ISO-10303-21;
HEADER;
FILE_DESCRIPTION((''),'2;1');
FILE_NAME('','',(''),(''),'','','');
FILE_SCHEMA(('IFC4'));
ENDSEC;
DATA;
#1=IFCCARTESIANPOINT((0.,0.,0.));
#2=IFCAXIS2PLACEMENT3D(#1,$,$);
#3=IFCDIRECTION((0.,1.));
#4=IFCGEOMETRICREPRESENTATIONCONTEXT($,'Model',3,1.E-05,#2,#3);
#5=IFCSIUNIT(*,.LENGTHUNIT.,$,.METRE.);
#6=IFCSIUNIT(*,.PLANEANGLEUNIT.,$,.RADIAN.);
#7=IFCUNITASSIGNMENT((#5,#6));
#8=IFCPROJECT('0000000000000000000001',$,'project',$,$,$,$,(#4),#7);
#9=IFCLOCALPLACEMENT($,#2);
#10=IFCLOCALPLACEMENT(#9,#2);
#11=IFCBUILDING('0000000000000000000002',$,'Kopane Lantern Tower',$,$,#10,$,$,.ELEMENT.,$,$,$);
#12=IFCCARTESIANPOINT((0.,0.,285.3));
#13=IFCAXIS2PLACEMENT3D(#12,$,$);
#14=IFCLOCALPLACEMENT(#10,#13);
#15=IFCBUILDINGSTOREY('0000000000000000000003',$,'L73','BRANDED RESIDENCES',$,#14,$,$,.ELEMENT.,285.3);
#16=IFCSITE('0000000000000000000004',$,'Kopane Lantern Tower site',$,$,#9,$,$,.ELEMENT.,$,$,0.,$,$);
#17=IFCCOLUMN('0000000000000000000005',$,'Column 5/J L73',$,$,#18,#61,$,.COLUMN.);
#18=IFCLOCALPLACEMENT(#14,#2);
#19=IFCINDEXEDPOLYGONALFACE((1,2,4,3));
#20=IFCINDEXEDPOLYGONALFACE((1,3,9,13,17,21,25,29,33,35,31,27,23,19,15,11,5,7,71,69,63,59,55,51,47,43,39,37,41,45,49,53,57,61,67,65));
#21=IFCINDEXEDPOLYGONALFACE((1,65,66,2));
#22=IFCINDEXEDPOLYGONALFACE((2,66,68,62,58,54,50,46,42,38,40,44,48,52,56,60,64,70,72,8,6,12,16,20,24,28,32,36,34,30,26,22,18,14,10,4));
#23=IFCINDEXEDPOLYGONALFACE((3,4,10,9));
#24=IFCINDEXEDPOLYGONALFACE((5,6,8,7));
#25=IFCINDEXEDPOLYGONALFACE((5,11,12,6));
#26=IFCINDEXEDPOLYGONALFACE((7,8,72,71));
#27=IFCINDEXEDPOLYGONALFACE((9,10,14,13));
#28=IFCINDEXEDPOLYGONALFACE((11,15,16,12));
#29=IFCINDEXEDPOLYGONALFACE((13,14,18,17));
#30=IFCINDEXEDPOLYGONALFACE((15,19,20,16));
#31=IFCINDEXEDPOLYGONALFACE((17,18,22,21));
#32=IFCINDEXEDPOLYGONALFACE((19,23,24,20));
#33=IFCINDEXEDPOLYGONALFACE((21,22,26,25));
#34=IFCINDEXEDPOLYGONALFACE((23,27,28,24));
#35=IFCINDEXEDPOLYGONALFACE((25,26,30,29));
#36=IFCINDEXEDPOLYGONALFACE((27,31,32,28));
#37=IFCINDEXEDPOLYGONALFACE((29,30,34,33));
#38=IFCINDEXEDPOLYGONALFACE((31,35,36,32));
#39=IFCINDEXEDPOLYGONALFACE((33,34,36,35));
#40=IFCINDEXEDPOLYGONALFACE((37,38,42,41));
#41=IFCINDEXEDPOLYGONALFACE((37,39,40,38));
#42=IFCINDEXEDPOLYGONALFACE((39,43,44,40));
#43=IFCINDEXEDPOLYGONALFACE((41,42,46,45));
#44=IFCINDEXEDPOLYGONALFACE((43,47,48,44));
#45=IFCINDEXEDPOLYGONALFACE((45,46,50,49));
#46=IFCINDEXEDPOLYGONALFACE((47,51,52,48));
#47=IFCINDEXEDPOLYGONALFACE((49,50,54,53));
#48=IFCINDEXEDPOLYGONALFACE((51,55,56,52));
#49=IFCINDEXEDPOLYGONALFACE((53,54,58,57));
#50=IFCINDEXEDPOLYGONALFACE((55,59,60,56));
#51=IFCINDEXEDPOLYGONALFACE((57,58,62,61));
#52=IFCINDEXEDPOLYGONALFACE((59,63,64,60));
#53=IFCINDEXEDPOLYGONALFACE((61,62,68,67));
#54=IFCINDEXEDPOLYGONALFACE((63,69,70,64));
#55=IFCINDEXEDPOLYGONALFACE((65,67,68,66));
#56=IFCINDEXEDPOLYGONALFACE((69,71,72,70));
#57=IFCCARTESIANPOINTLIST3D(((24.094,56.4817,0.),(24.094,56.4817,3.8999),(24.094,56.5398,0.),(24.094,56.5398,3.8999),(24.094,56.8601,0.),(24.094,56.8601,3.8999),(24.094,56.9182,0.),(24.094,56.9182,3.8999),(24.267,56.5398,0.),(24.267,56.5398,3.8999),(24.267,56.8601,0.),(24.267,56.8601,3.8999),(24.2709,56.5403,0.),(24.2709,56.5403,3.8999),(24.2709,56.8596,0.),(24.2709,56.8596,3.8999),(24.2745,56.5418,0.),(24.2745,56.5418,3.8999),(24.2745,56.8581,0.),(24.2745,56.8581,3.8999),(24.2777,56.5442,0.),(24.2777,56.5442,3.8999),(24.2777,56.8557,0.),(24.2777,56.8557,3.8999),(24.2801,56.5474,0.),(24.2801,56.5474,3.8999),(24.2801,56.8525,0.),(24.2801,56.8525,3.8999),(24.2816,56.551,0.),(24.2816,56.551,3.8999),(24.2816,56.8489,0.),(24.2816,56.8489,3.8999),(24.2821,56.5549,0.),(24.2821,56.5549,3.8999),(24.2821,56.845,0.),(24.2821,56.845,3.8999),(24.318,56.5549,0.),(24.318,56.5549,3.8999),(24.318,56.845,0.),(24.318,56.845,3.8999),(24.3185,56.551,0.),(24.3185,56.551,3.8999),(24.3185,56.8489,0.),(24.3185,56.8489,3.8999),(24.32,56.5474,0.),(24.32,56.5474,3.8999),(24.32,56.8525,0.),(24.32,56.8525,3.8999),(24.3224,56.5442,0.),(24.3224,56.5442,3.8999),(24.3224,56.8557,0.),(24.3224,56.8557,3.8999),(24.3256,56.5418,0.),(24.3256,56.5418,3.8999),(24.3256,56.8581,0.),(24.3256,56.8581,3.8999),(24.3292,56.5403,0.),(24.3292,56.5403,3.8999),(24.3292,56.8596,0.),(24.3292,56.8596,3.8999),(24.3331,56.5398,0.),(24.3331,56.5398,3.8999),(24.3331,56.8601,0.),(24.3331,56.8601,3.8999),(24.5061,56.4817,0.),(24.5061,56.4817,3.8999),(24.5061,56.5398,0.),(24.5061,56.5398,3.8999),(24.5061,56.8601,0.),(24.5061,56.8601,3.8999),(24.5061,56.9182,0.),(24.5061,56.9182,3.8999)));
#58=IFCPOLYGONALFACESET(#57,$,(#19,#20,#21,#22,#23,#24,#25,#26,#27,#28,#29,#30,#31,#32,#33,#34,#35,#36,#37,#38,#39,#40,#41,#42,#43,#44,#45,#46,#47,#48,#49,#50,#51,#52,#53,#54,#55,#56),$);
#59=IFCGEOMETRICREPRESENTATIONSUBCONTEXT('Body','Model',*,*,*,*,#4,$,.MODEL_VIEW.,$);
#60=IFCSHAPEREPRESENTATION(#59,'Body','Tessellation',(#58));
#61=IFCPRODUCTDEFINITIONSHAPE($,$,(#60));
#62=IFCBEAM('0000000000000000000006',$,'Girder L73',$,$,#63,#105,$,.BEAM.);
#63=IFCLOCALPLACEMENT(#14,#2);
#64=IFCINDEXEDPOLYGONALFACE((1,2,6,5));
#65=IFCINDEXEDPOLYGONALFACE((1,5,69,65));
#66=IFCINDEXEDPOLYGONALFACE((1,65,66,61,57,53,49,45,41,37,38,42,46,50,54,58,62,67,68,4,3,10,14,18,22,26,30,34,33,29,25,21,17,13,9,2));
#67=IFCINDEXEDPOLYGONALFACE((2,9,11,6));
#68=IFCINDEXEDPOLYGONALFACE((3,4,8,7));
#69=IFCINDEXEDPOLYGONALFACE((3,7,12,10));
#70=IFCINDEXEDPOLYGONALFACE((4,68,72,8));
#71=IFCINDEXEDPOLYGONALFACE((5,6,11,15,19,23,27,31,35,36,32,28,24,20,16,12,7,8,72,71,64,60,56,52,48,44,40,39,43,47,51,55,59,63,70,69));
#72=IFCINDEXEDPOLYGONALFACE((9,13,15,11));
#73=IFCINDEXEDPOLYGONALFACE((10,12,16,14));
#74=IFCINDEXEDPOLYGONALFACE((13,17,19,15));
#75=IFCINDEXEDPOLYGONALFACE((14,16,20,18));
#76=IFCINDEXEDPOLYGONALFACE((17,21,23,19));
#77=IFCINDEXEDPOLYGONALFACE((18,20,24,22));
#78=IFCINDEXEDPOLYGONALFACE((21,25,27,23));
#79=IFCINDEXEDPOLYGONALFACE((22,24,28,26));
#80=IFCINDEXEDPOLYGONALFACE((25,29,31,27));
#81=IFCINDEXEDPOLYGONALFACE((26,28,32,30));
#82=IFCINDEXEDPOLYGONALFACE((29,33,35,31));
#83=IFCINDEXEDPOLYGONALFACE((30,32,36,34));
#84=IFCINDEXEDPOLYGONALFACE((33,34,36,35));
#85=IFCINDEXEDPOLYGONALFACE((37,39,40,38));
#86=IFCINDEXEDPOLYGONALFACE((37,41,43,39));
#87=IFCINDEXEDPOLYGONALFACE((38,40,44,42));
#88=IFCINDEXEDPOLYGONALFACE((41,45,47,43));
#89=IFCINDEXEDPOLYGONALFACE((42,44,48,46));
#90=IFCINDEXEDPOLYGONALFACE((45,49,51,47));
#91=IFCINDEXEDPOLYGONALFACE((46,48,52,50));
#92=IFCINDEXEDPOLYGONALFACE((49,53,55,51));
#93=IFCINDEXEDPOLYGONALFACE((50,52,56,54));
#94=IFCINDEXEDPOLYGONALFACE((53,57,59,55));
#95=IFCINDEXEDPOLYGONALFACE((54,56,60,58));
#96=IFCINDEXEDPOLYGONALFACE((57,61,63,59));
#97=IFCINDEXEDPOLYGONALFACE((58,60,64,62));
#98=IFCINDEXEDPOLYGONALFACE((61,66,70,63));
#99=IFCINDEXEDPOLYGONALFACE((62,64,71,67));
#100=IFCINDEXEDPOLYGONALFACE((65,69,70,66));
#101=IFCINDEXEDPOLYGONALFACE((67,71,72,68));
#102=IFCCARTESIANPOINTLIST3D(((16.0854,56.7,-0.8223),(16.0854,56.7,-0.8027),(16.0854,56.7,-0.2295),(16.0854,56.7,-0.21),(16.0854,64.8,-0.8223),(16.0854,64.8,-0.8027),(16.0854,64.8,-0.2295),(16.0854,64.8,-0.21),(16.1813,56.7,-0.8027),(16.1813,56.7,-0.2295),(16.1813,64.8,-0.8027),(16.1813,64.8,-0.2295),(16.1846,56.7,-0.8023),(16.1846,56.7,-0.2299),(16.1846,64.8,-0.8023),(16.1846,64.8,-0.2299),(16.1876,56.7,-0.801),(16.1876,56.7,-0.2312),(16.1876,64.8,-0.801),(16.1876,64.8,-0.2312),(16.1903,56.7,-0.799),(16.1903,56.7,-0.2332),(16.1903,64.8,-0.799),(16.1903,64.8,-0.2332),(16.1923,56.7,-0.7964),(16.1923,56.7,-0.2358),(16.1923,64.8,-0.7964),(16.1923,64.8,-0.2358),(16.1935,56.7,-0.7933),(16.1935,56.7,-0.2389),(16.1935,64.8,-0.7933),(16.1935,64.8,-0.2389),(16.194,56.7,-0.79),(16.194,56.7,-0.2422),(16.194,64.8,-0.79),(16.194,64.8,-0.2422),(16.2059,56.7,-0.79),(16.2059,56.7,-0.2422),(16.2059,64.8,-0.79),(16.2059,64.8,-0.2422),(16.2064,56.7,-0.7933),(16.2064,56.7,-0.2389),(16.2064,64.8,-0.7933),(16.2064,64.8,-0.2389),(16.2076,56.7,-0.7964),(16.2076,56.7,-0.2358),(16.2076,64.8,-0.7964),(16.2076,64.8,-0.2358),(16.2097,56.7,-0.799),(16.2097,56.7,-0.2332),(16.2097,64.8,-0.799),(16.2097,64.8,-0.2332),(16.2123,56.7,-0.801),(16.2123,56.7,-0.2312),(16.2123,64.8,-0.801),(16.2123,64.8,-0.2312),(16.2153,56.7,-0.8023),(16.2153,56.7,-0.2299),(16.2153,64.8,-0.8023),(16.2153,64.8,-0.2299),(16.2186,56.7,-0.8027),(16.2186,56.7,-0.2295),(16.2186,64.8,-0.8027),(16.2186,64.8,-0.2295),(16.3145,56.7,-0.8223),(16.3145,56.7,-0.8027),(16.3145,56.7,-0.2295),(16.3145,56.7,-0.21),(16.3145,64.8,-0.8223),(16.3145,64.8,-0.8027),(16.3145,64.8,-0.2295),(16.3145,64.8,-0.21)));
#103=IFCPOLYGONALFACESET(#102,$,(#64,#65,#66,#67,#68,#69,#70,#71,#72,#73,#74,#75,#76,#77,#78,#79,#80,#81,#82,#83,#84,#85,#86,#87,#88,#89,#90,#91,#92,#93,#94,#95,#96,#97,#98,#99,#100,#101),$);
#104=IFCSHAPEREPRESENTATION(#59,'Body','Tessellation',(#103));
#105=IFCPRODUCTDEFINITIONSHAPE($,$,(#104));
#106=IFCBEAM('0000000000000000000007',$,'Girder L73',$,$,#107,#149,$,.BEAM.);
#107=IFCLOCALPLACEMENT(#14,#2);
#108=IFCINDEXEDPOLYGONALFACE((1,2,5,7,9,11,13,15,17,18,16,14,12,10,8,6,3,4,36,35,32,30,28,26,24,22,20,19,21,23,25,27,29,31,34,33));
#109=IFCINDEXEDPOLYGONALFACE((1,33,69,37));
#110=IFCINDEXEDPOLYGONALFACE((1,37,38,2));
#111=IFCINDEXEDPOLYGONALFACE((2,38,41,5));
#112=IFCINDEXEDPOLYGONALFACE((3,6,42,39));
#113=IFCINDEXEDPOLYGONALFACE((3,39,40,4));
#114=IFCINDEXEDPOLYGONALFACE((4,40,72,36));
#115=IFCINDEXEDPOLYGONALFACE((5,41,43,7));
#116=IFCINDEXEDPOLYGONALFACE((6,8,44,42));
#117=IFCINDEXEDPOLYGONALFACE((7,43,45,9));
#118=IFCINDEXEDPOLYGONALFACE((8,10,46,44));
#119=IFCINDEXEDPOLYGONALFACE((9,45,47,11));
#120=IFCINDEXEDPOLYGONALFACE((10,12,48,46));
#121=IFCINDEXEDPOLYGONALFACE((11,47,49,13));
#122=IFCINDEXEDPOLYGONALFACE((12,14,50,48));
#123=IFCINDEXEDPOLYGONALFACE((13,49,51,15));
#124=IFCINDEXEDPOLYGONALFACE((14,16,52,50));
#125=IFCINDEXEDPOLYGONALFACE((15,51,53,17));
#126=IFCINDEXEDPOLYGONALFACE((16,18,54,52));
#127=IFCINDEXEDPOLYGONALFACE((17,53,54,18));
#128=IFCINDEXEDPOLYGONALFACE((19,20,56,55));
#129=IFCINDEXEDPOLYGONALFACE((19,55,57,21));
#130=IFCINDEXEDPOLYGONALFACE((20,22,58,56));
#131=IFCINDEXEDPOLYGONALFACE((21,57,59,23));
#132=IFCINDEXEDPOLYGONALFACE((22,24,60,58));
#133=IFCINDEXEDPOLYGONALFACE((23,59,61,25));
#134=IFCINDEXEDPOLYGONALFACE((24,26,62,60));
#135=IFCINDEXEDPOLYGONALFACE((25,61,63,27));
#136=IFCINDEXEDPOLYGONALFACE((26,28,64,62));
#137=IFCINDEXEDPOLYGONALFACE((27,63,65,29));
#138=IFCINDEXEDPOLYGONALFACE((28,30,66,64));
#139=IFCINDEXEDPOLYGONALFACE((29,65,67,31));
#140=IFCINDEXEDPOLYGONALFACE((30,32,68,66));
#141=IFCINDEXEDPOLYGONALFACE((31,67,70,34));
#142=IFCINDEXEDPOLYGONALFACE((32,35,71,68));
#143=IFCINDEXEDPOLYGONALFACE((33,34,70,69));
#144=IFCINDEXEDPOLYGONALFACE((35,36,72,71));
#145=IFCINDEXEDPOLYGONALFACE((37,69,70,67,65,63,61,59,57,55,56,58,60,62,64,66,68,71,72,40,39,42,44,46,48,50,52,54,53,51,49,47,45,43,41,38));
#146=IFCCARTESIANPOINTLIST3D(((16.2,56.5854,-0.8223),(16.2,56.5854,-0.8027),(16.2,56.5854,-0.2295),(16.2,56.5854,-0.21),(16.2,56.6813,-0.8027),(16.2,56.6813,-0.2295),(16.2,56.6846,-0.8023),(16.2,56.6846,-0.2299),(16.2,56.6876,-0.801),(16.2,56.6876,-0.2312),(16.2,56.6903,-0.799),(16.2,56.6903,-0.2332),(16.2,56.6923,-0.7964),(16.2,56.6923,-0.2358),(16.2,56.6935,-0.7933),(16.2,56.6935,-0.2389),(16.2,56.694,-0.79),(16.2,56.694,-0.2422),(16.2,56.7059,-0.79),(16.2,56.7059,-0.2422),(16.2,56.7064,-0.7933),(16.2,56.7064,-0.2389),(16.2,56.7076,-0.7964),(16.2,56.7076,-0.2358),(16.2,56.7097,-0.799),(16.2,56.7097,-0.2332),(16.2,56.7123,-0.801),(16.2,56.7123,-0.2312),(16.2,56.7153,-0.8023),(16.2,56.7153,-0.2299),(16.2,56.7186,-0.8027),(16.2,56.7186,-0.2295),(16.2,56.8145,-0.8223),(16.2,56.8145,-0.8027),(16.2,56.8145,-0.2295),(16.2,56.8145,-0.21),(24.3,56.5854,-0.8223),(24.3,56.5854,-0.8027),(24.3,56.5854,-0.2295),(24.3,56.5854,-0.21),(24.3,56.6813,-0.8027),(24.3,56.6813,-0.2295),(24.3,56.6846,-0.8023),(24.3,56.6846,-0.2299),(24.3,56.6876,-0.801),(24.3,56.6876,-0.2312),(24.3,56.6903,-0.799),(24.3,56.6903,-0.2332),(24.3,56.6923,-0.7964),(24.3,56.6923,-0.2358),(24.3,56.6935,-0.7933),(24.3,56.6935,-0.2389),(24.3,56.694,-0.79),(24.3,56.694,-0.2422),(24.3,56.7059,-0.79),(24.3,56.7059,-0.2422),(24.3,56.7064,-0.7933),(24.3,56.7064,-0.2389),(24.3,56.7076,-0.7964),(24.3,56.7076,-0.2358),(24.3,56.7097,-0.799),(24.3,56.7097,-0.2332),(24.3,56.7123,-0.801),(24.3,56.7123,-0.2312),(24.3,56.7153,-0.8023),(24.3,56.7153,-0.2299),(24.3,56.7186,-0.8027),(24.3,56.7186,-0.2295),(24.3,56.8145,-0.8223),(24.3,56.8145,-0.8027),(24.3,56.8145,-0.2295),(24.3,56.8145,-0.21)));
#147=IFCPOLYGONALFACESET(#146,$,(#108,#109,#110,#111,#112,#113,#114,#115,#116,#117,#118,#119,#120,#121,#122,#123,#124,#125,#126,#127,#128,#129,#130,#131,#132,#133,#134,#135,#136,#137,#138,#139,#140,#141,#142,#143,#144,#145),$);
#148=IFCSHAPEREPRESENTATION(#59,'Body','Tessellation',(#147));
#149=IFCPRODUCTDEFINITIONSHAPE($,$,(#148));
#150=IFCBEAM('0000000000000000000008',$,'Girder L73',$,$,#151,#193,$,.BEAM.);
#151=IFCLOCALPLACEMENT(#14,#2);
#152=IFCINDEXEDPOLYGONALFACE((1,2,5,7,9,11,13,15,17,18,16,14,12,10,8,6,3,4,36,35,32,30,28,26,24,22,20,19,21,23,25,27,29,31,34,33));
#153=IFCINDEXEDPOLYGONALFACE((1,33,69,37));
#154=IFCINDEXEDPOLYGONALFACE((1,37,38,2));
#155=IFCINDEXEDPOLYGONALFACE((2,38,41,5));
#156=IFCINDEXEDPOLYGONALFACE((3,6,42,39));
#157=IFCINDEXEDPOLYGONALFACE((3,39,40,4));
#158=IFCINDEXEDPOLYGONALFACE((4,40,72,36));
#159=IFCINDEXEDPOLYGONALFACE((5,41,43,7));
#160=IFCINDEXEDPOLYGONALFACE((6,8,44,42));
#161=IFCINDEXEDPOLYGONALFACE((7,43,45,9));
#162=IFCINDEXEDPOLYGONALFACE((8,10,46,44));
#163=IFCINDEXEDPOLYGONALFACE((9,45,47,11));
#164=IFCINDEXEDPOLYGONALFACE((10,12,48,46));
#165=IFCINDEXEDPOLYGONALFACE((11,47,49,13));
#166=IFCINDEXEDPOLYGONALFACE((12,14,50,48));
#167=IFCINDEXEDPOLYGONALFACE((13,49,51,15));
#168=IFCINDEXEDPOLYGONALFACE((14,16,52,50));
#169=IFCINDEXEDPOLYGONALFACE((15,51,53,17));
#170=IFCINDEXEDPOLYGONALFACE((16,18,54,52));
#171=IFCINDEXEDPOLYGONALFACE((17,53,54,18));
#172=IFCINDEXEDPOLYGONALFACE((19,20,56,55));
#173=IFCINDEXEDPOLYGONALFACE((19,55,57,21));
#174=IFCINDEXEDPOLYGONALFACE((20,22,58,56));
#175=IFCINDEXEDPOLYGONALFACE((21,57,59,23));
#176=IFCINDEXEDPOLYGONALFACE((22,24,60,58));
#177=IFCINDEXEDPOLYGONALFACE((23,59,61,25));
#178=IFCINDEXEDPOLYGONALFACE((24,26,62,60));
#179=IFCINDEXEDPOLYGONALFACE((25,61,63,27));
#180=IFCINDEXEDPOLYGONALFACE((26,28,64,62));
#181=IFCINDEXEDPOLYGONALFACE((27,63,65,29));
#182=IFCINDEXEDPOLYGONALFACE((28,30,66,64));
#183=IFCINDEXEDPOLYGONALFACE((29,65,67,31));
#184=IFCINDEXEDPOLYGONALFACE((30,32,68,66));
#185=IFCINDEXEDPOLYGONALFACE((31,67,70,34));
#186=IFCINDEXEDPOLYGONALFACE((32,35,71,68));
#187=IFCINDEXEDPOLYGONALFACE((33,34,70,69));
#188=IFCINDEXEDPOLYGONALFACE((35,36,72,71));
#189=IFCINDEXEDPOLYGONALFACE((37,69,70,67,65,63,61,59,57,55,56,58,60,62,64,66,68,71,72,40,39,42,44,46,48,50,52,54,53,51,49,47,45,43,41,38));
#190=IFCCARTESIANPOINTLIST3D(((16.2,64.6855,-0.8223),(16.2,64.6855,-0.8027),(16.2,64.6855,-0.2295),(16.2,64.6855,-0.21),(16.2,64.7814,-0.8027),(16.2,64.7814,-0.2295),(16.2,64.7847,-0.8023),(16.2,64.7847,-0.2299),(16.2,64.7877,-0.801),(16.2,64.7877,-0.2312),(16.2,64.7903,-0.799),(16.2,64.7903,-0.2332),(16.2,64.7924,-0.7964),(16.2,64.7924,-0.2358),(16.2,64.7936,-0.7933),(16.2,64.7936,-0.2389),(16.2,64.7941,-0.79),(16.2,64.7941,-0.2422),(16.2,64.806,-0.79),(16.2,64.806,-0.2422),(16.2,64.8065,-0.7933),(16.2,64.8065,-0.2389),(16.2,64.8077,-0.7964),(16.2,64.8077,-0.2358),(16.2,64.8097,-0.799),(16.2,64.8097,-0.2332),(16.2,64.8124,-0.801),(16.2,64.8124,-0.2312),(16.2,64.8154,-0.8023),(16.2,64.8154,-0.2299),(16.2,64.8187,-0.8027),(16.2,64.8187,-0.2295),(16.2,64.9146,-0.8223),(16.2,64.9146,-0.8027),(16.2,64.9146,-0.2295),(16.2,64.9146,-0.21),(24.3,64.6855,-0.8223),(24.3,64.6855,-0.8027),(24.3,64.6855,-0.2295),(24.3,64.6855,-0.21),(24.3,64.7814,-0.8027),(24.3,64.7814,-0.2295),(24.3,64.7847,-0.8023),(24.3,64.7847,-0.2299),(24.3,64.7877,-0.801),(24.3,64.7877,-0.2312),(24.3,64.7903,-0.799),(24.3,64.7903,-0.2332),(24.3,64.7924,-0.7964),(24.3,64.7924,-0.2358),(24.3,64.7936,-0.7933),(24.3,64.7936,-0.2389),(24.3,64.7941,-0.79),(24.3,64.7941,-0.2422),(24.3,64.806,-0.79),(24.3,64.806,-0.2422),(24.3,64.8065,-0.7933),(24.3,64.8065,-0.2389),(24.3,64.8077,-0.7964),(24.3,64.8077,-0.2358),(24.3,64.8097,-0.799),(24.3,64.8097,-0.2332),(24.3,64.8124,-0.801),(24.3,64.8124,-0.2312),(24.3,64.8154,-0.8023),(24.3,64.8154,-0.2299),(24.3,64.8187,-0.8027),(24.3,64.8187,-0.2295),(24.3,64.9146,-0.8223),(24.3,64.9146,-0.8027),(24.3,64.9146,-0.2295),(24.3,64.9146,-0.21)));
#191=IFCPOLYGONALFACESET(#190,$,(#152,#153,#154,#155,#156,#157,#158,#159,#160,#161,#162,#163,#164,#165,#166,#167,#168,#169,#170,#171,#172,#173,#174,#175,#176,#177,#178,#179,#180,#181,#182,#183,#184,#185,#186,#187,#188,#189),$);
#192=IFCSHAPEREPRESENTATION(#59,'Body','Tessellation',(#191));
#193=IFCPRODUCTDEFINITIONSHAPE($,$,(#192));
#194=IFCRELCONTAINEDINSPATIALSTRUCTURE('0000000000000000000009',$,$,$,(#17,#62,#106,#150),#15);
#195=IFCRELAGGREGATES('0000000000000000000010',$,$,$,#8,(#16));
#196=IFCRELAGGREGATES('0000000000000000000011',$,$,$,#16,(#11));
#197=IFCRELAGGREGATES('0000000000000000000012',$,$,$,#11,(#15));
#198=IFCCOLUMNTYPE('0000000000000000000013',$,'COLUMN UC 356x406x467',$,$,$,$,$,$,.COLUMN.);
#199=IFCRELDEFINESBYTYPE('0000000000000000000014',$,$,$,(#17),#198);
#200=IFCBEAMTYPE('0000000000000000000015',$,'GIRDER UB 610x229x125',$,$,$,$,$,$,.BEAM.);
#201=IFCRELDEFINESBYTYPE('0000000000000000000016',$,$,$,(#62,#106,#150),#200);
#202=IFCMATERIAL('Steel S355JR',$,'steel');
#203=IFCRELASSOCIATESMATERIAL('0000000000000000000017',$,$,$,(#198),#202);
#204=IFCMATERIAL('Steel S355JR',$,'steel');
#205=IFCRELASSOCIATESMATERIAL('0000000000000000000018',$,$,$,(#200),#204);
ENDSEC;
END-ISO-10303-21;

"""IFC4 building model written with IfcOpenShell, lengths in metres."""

from ifc_helpers import new_model, si_unit, direction, frame, origin, origin_2d, place, context, subcontext, project, spatial, i_section, extrude, material, material_profile, profile_set, type_object, element, save


model = new_model("IFC4")

# Units and contexts
model_context = context("Model", 3, precision=1e-05, world=origin(), true_north=direction((0.0, 1.0)))
body_context = subcontext(model_context, "Body", "Model", "MODEL_VIEW")
ifc_project = project(units=[si_unit("LENGTHUNIT", "METRE"), si_unit("PLANEANGLEUNIT", "RADIAN")], contexts=[model_context])

# Site, building, storey
site_placement = place(None, origin())
site = spatial("IfcSite", under=ifc_project, at=site_placement, Name="Kopane Lantern Tower site", CompositionType="ELEMENT", RefElevation=0.0)
building_placement = place(site_placement, origin())
building = spatial("IfcBuilding", under=site, at=building_placement, Name="Kopane Lantern Tower", CompositionType="ELEMENT")
storey_placement = place(building_placement, frame((0.0, 0.0, 285.3)))
storey = spatial("IfcBuildingStorey", under=building, at=storey_placement, Name="L73", Description="BRANDED RESIDENCES", CompositionType="ELEMENT", Elevation=285.3)

# Column
ifc_material_1 = material(Name="Steel S355JR", Category="steel")
ifc_material_profile_1 = material_profile(ifc_material_1, i_section(OverallWidth=0.4121, OverallDepth=0.4365, WebThickness=0.0359, FlangeThickness=0.0581, FilletRadius=0.0151, at=origin_2d()), Name="UC 356x406x467")
ifc_profile_set_1 = profile_set([ifc_material_profile_1], Name="Steel S355JR")
column_type_1 = type_object("IfcColumnType", Name="COLUMN UC 356x406x467", PredefinedType="COLUMN", material=ifc_profile_set_1)
for number, where, z_axis, x_axis, name in (
    (1, (24.3, 56.7, 0.0), (0.0, 0.0, 1.0), (1.0, 0.0, 0.0), "Column 5/J L73"),
):
    element("IfcColumn", number, at=place(storey_placement, frame(where, z_axis=z_axis, x_axis=x_axis)), inside=storey, type_object=column_type_1, Name=name, PredefinedType="COLUMN", context=body_context, shape_type="SweptSolid", body=[
        extrude(i_section(OverallWidth=0.4121, OverallDepth=0.4365, WebThickness=0.0359, FlangeThickness=0.0581, FilletRadius=0.0151, at=origin_2d()), origin(), (0.0, 0.0, 1.0), 3.8999),
    ])

# Beams
ifc_material_2 = material(Name="Steel S355JR", Category="steel")
ifc_material_profile_2 = material_profile(ifc_material_2, i_section(OverallWidth=0.229, OverallDepth=0.6123, WebThickness=0.012, FlangeThickness=0.0195, FilletRadius=0.0127, at=origin_2d()), Name="UB 610x229x125")
ifc_profile_set_2 = profile_set([ifc_material_profile_2], Name="Steel S355JR")
beam_type = type_object("IfcBeamType", Name="GIRDER UB 610x229x125", PredefinedType="BEAM", material=ifc_profile_set_2)
for number, where, z_axis, x_axis, name in (
    (2, (16.2, 56.7, -0.5161), (0.0, 1.0, 0.0), (-1.0, 0.0, 0.0), "Girder L73"),
    (3, (16.2, 56.7, -0.5161), (1.0, 0.0, 0.0), (0.0, 1.0, 0.0), "Girder L73"),
    (4, (16.2, 64.8, -0.5161), (1.0, 0.0, 0.0), (0.0, 1.0, 0.0), "Girder L73"),
):
    element("IfcBeam", number, at=place(storey_placement, frame(where, z_axis=z_axis, x_axis=x_axis)), inside=storey, type_object=beam_type, Name=name, PredefinedType="BEAM", context=body_context, shape_type="SweptSolid", body=[
        extrude(i_section(OverallWidth=0.229, OverallDepth=0.6123, WebThickness=0.012, FlangeThickness=0.0195, FilletRadius=0.0127, at=origin_2d()), origin(), (0.0, 0.0, 1.0), 8.1001),
    ])

save(model, "model.ifc")
